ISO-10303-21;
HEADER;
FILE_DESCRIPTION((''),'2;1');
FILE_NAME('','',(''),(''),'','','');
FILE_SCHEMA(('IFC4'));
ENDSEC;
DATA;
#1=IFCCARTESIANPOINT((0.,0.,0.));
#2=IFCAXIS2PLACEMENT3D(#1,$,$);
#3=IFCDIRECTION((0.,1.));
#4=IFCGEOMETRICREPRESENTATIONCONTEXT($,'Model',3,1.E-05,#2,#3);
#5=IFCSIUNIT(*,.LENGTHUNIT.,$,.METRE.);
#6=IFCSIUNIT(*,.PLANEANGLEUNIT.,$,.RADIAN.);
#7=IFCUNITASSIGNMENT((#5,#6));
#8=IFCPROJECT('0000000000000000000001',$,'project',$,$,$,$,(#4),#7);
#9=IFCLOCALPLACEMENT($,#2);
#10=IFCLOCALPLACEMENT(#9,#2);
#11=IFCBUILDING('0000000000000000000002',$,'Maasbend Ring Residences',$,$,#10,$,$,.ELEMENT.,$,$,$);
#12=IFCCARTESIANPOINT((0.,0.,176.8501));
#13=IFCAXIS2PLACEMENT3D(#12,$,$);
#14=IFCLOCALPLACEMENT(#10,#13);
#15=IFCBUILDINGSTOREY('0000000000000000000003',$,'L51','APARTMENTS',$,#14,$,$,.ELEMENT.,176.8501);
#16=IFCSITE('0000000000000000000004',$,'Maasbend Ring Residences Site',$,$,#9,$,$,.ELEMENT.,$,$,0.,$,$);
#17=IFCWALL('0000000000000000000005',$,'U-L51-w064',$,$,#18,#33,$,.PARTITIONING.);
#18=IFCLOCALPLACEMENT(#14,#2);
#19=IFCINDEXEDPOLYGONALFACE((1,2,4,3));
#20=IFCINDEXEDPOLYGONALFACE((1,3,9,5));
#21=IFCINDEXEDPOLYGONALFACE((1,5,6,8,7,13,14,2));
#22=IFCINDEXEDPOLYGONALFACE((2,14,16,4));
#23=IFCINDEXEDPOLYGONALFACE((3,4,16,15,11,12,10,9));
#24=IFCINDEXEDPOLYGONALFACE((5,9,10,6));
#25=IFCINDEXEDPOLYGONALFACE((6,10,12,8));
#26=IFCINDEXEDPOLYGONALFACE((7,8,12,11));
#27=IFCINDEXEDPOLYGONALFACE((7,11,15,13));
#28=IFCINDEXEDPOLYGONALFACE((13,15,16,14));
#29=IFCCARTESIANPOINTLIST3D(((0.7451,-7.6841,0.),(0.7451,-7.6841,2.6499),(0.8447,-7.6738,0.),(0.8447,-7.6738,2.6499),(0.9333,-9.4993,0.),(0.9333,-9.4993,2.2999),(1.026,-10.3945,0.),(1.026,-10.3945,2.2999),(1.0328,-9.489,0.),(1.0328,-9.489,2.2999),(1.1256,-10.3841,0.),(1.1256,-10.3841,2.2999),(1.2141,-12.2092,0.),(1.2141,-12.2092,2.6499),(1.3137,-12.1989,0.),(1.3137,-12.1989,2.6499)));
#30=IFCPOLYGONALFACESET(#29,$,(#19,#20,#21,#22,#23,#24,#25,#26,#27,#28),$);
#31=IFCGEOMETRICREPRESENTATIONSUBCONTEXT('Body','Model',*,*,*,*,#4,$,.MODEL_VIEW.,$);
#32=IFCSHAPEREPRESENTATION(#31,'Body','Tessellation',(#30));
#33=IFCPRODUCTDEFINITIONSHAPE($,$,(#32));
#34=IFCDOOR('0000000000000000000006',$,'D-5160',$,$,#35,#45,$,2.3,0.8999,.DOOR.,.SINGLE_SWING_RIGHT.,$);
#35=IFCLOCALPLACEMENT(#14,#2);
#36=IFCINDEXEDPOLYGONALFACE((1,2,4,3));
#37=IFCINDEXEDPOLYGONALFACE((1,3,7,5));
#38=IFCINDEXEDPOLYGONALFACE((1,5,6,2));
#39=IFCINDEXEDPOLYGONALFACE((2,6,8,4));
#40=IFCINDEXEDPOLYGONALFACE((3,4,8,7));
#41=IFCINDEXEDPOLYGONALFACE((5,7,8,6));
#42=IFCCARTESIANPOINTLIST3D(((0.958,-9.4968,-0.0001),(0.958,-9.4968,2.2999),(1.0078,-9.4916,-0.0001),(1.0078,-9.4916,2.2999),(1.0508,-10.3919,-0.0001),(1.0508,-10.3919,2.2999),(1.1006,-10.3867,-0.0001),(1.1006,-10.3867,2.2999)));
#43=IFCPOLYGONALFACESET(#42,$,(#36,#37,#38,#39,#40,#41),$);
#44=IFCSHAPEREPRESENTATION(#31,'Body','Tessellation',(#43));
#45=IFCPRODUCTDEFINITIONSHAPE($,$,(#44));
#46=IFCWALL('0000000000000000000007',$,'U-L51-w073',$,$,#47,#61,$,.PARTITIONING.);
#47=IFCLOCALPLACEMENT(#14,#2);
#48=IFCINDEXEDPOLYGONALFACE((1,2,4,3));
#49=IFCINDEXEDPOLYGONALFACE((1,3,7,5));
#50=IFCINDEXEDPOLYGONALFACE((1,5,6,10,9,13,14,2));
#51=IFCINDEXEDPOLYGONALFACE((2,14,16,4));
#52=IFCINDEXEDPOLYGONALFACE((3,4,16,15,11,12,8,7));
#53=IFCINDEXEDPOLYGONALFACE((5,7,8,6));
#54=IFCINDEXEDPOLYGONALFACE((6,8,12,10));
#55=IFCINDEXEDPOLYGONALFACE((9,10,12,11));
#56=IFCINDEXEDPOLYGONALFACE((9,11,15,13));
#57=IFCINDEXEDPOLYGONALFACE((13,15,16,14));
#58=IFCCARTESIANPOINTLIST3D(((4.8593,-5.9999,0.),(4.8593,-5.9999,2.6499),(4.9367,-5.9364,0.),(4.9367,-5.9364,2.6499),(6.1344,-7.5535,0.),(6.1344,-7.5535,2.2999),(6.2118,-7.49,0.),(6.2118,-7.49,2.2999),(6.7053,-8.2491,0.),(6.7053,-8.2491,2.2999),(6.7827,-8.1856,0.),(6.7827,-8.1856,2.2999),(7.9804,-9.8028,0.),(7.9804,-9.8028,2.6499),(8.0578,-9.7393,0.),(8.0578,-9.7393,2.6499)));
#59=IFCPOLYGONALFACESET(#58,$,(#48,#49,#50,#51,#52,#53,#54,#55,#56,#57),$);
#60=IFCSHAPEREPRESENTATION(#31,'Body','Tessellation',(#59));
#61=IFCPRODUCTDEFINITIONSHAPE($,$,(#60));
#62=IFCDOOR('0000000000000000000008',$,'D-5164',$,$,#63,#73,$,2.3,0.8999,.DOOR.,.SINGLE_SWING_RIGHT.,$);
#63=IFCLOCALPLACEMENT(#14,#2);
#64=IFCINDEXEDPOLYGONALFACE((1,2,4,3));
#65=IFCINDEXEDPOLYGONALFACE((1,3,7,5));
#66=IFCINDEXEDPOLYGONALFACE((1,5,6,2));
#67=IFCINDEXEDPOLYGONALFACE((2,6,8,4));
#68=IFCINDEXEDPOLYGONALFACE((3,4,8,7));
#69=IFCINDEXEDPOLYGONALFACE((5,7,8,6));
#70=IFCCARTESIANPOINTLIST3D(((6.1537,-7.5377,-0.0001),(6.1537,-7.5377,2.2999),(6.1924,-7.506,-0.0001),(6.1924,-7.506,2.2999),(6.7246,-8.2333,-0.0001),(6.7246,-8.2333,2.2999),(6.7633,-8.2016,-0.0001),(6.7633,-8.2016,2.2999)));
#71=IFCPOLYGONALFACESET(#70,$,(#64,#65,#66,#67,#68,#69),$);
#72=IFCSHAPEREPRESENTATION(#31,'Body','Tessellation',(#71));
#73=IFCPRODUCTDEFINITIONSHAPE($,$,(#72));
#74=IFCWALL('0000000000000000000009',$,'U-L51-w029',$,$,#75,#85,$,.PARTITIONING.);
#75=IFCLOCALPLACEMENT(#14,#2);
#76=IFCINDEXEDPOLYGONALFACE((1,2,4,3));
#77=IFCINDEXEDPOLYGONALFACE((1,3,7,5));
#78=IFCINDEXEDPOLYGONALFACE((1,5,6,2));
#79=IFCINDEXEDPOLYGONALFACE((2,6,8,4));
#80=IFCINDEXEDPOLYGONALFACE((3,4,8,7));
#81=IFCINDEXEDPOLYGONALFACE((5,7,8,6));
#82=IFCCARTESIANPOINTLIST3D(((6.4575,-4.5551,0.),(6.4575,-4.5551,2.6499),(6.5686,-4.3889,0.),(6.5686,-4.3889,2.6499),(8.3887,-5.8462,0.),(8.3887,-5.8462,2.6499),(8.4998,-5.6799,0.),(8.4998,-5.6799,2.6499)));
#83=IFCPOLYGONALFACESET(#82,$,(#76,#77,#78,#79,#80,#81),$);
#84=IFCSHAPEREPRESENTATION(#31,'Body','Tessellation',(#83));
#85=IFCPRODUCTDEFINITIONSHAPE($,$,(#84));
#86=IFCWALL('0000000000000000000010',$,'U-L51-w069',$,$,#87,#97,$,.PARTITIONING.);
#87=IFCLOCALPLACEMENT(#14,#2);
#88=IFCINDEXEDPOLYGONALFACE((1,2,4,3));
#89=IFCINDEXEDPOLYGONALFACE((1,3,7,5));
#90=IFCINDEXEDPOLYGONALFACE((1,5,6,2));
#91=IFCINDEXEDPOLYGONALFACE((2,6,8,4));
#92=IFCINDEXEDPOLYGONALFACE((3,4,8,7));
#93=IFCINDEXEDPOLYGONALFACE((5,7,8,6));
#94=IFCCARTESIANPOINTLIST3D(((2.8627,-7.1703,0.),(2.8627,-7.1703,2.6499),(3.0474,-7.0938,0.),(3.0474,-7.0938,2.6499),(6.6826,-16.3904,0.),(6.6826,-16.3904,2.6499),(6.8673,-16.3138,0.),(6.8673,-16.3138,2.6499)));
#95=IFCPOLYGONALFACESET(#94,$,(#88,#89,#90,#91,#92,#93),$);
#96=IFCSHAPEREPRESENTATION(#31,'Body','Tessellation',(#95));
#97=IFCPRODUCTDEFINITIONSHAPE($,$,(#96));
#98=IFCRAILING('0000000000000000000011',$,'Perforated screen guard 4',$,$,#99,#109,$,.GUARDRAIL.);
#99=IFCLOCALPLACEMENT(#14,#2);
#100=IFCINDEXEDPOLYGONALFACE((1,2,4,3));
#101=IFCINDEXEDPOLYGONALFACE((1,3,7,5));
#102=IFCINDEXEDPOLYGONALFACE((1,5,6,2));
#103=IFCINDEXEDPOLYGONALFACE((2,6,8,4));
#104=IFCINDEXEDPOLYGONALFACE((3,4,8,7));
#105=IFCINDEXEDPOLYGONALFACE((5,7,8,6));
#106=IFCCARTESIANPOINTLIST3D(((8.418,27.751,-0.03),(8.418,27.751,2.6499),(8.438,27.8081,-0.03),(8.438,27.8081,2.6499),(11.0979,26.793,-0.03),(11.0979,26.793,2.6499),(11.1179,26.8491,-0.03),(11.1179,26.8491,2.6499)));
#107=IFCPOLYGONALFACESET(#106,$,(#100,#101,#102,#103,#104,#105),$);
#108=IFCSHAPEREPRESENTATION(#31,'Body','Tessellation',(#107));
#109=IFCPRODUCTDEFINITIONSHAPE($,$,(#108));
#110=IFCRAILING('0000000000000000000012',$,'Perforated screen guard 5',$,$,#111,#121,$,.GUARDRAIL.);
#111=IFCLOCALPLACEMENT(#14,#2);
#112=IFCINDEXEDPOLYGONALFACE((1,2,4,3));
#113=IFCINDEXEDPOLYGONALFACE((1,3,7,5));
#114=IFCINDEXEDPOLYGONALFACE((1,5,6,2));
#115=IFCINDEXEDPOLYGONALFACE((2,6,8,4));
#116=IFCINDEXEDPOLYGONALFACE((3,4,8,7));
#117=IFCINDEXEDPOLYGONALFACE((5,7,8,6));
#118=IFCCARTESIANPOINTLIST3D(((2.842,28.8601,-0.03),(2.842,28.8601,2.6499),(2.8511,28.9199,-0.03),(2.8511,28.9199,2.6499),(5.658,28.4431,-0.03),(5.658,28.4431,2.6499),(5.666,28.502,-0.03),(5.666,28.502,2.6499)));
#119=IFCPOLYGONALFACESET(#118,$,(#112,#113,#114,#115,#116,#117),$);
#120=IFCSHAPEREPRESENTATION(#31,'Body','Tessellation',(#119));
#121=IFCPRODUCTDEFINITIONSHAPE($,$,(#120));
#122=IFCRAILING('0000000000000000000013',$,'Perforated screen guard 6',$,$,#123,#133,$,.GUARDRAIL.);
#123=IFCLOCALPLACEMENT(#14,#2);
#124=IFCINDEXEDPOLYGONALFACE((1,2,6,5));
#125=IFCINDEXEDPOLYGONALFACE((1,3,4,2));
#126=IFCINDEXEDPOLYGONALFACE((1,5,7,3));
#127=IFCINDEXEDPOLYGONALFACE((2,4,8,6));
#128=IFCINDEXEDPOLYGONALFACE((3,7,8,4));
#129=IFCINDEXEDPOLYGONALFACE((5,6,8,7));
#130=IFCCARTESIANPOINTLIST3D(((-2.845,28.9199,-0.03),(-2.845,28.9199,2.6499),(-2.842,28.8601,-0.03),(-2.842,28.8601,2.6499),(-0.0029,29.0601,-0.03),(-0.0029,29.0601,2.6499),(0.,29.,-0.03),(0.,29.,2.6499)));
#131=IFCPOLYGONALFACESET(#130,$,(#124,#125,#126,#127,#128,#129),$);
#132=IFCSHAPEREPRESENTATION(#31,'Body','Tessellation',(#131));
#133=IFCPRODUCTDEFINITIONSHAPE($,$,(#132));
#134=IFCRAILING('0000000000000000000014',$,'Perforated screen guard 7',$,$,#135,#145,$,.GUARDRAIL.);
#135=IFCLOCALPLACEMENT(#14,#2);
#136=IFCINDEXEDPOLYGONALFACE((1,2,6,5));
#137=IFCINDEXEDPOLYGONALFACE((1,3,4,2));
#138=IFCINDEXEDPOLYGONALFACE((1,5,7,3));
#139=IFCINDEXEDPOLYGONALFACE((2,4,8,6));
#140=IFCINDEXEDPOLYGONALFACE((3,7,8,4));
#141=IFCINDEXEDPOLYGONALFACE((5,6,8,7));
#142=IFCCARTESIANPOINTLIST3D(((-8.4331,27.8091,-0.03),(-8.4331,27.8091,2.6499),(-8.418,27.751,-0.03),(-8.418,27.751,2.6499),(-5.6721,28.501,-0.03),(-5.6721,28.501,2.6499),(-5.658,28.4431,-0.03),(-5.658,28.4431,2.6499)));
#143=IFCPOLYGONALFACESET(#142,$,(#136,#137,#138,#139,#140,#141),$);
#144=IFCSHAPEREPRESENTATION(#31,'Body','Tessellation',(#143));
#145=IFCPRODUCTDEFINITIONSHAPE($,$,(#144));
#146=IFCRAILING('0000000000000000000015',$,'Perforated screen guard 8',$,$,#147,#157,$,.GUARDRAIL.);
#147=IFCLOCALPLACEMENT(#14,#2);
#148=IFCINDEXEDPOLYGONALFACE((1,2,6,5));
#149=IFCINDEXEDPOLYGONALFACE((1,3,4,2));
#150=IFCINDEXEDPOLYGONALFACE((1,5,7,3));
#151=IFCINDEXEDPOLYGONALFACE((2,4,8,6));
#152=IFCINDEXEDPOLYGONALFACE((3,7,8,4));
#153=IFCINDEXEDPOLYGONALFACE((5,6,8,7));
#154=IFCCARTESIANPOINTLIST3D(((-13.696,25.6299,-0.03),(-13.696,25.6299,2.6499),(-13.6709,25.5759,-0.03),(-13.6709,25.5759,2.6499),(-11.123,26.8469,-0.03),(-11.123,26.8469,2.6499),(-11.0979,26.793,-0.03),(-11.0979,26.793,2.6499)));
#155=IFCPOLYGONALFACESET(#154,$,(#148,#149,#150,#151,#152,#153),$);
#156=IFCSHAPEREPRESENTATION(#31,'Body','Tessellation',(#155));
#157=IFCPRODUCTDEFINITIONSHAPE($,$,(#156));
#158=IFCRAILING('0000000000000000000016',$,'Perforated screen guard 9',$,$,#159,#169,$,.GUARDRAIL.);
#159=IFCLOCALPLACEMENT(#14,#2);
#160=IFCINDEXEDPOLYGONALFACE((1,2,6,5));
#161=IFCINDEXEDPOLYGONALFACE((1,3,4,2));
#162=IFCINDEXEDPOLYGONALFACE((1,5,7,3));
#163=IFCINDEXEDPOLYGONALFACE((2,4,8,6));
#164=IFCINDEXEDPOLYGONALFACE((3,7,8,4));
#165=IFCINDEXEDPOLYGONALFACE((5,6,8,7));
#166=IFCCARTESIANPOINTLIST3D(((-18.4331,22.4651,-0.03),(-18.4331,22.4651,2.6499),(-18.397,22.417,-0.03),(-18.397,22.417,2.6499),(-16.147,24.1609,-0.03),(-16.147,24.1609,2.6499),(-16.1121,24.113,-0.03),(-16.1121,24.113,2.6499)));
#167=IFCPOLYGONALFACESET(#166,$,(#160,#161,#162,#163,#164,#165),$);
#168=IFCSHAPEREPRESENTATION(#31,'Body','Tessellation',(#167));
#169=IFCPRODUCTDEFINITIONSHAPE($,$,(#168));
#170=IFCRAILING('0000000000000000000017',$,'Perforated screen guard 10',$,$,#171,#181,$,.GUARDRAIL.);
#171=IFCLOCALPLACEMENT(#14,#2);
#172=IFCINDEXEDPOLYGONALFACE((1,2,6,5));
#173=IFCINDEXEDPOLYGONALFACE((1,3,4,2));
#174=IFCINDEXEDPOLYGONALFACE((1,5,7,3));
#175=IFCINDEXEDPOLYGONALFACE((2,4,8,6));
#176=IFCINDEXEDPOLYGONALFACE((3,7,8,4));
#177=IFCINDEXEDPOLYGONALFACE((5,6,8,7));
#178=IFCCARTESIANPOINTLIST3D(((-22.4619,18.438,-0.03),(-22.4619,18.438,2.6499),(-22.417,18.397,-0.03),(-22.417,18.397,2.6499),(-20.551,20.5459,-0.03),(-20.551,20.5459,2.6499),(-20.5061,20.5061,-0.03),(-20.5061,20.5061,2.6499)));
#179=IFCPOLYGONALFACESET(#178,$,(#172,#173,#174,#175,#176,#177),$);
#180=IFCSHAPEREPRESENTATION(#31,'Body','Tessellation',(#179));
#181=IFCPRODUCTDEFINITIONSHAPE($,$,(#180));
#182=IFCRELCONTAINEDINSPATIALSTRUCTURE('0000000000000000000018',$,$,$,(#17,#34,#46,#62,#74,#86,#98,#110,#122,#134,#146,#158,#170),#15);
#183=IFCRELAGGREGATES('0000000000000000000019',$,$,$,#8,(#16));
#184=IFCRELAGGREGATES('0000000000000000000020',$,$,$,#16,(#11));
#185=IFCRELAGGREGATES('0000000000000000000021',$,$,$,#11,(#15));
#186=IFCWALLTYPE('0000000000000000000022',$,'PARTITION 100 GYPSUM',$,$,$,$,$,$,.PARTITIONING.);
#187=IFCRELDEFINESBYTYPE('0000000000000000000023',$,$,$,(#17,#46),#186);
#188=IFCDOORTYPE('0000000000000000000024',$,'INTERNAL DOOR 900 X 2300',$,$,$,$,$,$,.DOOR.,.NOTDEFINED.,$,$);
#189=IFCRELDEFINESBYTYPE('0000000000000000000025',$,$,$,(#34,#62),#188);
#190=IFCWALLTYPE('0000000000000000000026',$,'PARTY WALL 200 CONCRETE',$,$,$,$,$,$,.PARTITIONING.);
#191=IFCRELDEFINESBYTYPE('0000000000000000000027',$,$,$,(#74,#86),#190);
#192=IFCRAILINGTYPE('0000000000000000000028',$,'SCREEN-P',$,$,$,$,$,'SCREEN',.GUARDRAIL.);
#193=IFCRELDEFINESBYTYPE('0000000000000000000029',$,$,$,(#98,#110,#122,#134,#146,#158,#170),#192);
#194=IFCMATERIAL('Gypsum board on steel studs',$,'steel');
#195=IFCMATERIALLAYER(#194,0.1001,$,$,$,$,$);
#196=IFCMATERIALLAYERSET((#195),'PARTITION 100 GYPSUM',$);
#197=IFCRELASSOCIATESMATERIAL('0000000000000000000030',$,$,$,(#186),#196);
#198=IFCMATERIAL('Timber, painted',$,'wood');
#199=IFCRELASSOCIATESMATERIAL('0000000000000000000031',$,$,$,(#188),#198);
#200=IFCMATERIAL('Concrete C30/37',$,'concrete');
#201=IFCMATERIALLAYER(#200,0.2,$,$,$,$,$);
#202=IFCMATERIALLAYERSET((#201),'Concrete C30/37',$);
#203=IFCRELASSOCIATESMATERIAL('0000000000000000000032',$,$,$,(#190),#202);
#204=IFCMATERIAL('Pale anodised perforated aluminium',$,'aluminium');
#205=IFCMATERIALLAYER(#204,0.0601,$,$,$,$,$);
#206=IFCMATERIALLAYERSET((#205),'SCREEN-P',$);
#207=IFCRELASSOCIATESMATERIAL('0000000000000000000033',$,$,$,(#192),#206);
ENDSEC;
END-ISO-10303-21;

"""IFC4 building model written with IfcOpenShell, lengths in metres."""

from ifc_helpers import new_model, si_unit, direction, frame, frame_2d, origin, place, context, subcontext, project, spatial, polyline, rectangle, outline, extrude, material, layer, layer_set, type_object, element, fill, save


model = new_model("IFC4")

# Units and contexts
model_context = context("Model", 3, precision=1e-05, world=origin(), true_north=direction((0.0, 1.0)))
body_context = subcontext(model_context, "Body", "Model", "MODEL_VIEW")
ifc_project = project(units=[si_unit("LENGTHUNIT", "METRE"), si_unit("PLANEANGLEUNIT", "RADIAN")], contexts=[model_context])

# Site, building, storey
site_placement = place(None, origin())
site = spatial("IfcSite", under=ifc_project, at=site_placement, Name="Maasbend Ring Residences Site", CompositionType="ELEMENT", RefElevation=0.0)
building_placement = place(site_placement, origin())
building = spatial("IfcBuilding", under=site, at=building_placement, Name="Maasbend Ring Residences", CompositionType="ELEMENT")
storey_placement = place(building_placement, frame((0.0, 0.0, 176.8501)))
storey = spatial("IfcBuildingStorey", under=building, at=storey_placement, Name="L51", Description="APARTMENTS", CompositionType="ELEMENT", Elevation=176.8501)

# Walls, openings, doors
ifc_material_1 = material(Name="Gypsum board on steel studs", Category="steel")
ifc_layer_1 = layer(ifc_material_1, 0.1001)
ifc_layer_set_1 = layer_set([ifc_layer_1], Name="PARTITION 100 GYPSUM")
wall_type_1 = type_object("IfcWallType", Name="PARTITION 100 GYPSUM", PredefinedType="PARTITIONING", material=ifc_layer_set_1)
wall_1_placement = place(storey_placement, frame((0.7949, -7.679, 0.0), z_axis=(0.0, 0.0, 1.0), x_axis=(0.10309, -0.994672, 0.0)))
wall_1 = element("IfcWall", 1, at=wall_1_placement, inside=storey, type_object=wall_type_1, Name="U-L51-w064", PredefinedType="PARTITIONING", context=body_context, shape_type="SweptSolid", body=[
    extrude(rectangle(XDim=4.5493, YDim=0.1001, at=frame_2d((2.2747, 0.0))), origin(), (0.0, 0.0, 1.0), 2.6499),
])
opening_1_placement = place(wall_1_placement, frame((1.825, 0.0, 0.0)))
opening_1 = element("IfcOpeningElement", 2, at=opening_1_placement, cuts=wall_1, PredefinedType="OPENING", context=body_context, shape_type="SweptSolid", body=[
    extrude(rectangle(XDim=0.8999, YDim=2.3, at=frame_2d((0.45, 1.1499))), frame((0.0, 0.0601, 0.0), z_axis=(0.0, -1.0, 0.0), x_axis=(1.0, 0.0, 0.0)), (0.0, 0.0, 1.0), 0.1201),
])
ifc_material_2 = material(Name="Timber, painted", Category="wood")
door_type = type_object("IfcDoorType", Name="INTERNAL DOOR 900 X 2300", OperationType="NOTDEFINED", PredefinedType="DOOR", material=ifc_material_2)
door_1_placement = place(opening_1_placement, origin())
door_1 = element("IfcDoor", 3, at=door_1_placement, inside=storey, type_object=door_type, Name="D-5160", OperationType="SINGLE_SWING_RIGHT", OverallHeight=2.3, OverallWidth=0.8999, PredefinedType="DOOR", context=body_context, shape_type="SweptSolid", body=[
    extrude(rectangle(XDim=0.8999, YDim=2.3, at=frame_2d((0.45, 1.1499))), frame((0.0, 0.0249, 0.0), z_axis=(0.0, -1.0, 0.0), x_axis=(1.0, 0.0, 0.0)), (0.0, 0.0, 1.0), 0.05),
])
fill(opening_1, door_1)
wall_2_placement = place(storey_placement, frame((4.8979, -5.968, 0.0), z_axis=(0.0, 0.0, 1.0), x_axis=(0.634402, -0.773003, 0.0)))
wall_2 = element("IfcWall", 4, at=wall_2_placement, inside=storey, type_object=wall_type_1, Name="U-L51-w073", PredefinedType="PARTITIONING", context=body_context, shape_type="SweptSolid", body=[
    extrude(rectangle(XDim=4.9197, YDim=0.1001, at=frame_2d((2.46, 0.0))), origin(), (0.0, 0.0, 1.0), 2.6499),
])
opening_2_placement = place(wall_2_placement, frame((2.01, 0.0, 0.0)))
opening_2 = element("IfcOpeningElement", 5, at=opening_2_placement, cuts=wall_2, PredefinedType="OPENING", context=body_context, shape_type="SweptSolid", body=[
    extrude(rectangle(XDim=0.8999, YDim=2.3, at=frame_2d((0.45, 1.1499))), frame((0.0, 0.0601, 0.0), z_axis=(0.0, -1.0, 0.0), x_axis=(1.0, 0.0, 0.0)), (0.0, 0.0, 1.0), 0.1201),
])
door_2_placement = place(opening_2_placement, origin())
door_2 = element("IfcDoor", 6, at=door_2_placement, inside=storey, type_object=door_type, Name="D-5164", OperationType="SINGLE_SWING_RIGHT", OverallHeight=2.3, OverallWidth=0.8999, PredefinedType="DOOR", context=body_context, shape_type="SweptSolid", body=[
    extrude(rectangle(XDim=0.8999, YDim=2.3, at=frame_2d((0.45, 1.1499))), frame((0.0, 0.0249, 0.0), z_axis=(0.0, -1.0, 0.0), x_axis=(1.0, 0.0, 0.0)), (0.0, 0.0, 1.0), 0.05),
])
fill(opening_2, door_2)

# Walls
ifc_material_3 = material(Name="Concrete C30/37", Category="concrete")
ifc_layer_2 = layer(ifc_material_3, 0.2)
ifc_layer_set_2 = layer_set([ifc_layer_2], Name="Concrete C30/37")
wall_type_2 = type_object("IfcWallType", Name="PARTY WALL 200 CONCRETE", PredefinedType="PARTITIONING", material=ifc_layer_set_2)
wall_3_placement = place(storey_placement, frame((6.5129, -4.4719, 0.0), z_axis=(0.0, 0.0, 1.0), x_axis=(0.831338, -0.555767, 0.0)))
element("IfcWall", 7, at=wall_3_placement, inside=storey, type_object=wall_type_2, Name="U-L51-w029", PredefinedType="PARTITIONING", context=body_context, shape_type="SweptSolid", body=[
    extrude(rectangle(XDim=2.323, YDim=0.2, at=frame_2d((1.1616, 0.0))), origin(), (0.0, 0.0, 1.0), 2.6499),
])
wall_4_placement = place(storey_placement, frame((2.9551, -7.1321, 0.0), z_axis=(0.0, 0.0, 1.0), x_axis=(0.382751, -0.923852, 0.0)))
element("IfcWall", 8, at=wall_4_placement, inside=storey, type_object=wall_type_2, Name="U-L51-w069", PredefinedType="PARTITIONING", context=body_context, shape_type="SweptSolid", body=[
    extrude(rectangle(XDim=9.98, YDim=0.2, at=frame_2d((4.99, 0.0))), origin(), (0.0, 0.0, 1.0), 2.6499),
])

# Railings
ifc_material_4 = material(Name="Pale anodised perforated aluminium", Category="aluminium")
ifc_layer_3 = layer(ifc_material_4, 0.0601)
ifc_layer_set_3 = layer_set([ifc_layer_3], Name="SCREEN-P")
railing_type = type_object("IfcRailingType", Name="SCREEN-P", ElementType="SCREEN", PredefinedType="GUARDRAIL", material=ifc_layer_set_3)
railing_1_placement = place(storey_placement, frame((0.0, 0.0, -0.03)))
element("IfcRailing", 9, at=railing_1_placement, inside=storey, type_object=railing_type, Name="Perforated screen guard 4", PredefinedType="GUARDRAIL", context=body_context, shape_type="SweptSolid", body=[
    extrude(outline(polyline([(11.0979, 26.793), (8.418, 27.751), (8.438, 27.8081), (11.1179, 26.8491), (11.0979, 26.793)])), origin(), (0.0, 0.0, 1.0), 2.6799),
])
railing_2_placement = place(storey_placement, frame((0.0, 0.0, -0.03)))
element("IfcRailing", 10, at=railing_2_placement, inside=storey, type_object=railing_type, Name="Perforated screen guard 5", PredefinedType="GUARDRAIL", context=body_context, shape_type="SweptSolid", body=[
    extrude(outline(polyline([(5.658, 28.4431), (2.842, 28.8601), (2.8511, 28.9199), (5.666, 28.502), (5.658, 28.4431)])), origin(), (0.0, 0.0, 1.0), 2.6799),
])
railing_3_placement = place(storey_placement, frame((0.0, 0.0, -0.03)))
element("IfcRailing", 11, at=railing_3_placement, inside=storey, type_object=railing_type, Name="Perforated screen guard 6", PredefinedType="GUARDRAIL", context=body_context, shape_type="SweptSolid", body=[
    extrude(outline(polyline([(0.0, 29.0), (-2.842, 28.8601), (-2.845, 28.9199), (-0.0029, 29.0601), (0.0, 29.0)])), origin(), (0.0, 0.0, 1.0), 2.6799),
])
railing_4_placement = place(storey_placement, frame((0.0, 0.0, -0.03)))
element("IfcRailing", 12, at=railing_4_placement, inside=storey, type_object=railing_type, Name="Perforated screen guard 7", PredefinedType="GUARDRAIL", context=body_context, shape_type="SweptSolid", body=[
    extrude(outline(polyline([(-5.658, 28.4431), (-8.418, 27.751), (-8.4331, 27.8091), (-5.6721, 28.501), (-5.658, 28.4431)])), origin(), (0.0, 0.0, 1.0), 2.6799),
])
railing_5_placement = place(storey_placement, frame((0.0, 0.0, -0.03)))
element("IfcRailing", 13, at=railing_5_placement, inside=storey, type_object=railing_type, Name="Perforated screen guard 8", PredefinedType="GUARDRAIL", context=body_context, shape_type="SweptSolid", body=[
    extrude(outline(polyline([(-11.0979, 26.793), (-13.6709, 25.5759), (-13.696, 25.6299), (-11.123, 26.8469), (-11.0979, 26.793)])), origin(), (0.0, 0.0, 1.0), 2.6799),
])
railing_6_placement = place(storey_placement, frame((0.0, 0.0, -0.03)))
element("IfcRailing", 14, at=railing_6_placement, inside=storey, type_object=railing_type, Name="Perforated screen guard 9", PredefinedType="GUARDRAIL", context=body_context, shape_type="SweptSolid", body=[
    extrude(outline(polyline([(-16.1121, 24.113), (-18.397, 22.417), (-18.4331, 22.4651), (-16.147, 24.1609), (-16.1121, 24.113)])), origin(), (0.0, 0.0, 1.0), 2.6799),
])
railing_7_placement = place(storey_placement, frame((0.0, 0.0, -0.03)))
element("IfcRailing", 15, at=railing_7_placement, inside=storey, type_object=railing_type, Name="Perforated screen guard 10", PredefinedType="GUARDRAIL", context=body_context, shape_type="SweptSolid", body=[
    extrude(outline(polyline([(-20.5061, 20.5061), (-22.417, 18.397), (-22.4619, 18.438), (-20.551, 20.5459), (-20.5061, 20.5061)])), origin(), (0.0, 0.0, 1.0), 2.6799),
])

save(model, "model.ifc")
